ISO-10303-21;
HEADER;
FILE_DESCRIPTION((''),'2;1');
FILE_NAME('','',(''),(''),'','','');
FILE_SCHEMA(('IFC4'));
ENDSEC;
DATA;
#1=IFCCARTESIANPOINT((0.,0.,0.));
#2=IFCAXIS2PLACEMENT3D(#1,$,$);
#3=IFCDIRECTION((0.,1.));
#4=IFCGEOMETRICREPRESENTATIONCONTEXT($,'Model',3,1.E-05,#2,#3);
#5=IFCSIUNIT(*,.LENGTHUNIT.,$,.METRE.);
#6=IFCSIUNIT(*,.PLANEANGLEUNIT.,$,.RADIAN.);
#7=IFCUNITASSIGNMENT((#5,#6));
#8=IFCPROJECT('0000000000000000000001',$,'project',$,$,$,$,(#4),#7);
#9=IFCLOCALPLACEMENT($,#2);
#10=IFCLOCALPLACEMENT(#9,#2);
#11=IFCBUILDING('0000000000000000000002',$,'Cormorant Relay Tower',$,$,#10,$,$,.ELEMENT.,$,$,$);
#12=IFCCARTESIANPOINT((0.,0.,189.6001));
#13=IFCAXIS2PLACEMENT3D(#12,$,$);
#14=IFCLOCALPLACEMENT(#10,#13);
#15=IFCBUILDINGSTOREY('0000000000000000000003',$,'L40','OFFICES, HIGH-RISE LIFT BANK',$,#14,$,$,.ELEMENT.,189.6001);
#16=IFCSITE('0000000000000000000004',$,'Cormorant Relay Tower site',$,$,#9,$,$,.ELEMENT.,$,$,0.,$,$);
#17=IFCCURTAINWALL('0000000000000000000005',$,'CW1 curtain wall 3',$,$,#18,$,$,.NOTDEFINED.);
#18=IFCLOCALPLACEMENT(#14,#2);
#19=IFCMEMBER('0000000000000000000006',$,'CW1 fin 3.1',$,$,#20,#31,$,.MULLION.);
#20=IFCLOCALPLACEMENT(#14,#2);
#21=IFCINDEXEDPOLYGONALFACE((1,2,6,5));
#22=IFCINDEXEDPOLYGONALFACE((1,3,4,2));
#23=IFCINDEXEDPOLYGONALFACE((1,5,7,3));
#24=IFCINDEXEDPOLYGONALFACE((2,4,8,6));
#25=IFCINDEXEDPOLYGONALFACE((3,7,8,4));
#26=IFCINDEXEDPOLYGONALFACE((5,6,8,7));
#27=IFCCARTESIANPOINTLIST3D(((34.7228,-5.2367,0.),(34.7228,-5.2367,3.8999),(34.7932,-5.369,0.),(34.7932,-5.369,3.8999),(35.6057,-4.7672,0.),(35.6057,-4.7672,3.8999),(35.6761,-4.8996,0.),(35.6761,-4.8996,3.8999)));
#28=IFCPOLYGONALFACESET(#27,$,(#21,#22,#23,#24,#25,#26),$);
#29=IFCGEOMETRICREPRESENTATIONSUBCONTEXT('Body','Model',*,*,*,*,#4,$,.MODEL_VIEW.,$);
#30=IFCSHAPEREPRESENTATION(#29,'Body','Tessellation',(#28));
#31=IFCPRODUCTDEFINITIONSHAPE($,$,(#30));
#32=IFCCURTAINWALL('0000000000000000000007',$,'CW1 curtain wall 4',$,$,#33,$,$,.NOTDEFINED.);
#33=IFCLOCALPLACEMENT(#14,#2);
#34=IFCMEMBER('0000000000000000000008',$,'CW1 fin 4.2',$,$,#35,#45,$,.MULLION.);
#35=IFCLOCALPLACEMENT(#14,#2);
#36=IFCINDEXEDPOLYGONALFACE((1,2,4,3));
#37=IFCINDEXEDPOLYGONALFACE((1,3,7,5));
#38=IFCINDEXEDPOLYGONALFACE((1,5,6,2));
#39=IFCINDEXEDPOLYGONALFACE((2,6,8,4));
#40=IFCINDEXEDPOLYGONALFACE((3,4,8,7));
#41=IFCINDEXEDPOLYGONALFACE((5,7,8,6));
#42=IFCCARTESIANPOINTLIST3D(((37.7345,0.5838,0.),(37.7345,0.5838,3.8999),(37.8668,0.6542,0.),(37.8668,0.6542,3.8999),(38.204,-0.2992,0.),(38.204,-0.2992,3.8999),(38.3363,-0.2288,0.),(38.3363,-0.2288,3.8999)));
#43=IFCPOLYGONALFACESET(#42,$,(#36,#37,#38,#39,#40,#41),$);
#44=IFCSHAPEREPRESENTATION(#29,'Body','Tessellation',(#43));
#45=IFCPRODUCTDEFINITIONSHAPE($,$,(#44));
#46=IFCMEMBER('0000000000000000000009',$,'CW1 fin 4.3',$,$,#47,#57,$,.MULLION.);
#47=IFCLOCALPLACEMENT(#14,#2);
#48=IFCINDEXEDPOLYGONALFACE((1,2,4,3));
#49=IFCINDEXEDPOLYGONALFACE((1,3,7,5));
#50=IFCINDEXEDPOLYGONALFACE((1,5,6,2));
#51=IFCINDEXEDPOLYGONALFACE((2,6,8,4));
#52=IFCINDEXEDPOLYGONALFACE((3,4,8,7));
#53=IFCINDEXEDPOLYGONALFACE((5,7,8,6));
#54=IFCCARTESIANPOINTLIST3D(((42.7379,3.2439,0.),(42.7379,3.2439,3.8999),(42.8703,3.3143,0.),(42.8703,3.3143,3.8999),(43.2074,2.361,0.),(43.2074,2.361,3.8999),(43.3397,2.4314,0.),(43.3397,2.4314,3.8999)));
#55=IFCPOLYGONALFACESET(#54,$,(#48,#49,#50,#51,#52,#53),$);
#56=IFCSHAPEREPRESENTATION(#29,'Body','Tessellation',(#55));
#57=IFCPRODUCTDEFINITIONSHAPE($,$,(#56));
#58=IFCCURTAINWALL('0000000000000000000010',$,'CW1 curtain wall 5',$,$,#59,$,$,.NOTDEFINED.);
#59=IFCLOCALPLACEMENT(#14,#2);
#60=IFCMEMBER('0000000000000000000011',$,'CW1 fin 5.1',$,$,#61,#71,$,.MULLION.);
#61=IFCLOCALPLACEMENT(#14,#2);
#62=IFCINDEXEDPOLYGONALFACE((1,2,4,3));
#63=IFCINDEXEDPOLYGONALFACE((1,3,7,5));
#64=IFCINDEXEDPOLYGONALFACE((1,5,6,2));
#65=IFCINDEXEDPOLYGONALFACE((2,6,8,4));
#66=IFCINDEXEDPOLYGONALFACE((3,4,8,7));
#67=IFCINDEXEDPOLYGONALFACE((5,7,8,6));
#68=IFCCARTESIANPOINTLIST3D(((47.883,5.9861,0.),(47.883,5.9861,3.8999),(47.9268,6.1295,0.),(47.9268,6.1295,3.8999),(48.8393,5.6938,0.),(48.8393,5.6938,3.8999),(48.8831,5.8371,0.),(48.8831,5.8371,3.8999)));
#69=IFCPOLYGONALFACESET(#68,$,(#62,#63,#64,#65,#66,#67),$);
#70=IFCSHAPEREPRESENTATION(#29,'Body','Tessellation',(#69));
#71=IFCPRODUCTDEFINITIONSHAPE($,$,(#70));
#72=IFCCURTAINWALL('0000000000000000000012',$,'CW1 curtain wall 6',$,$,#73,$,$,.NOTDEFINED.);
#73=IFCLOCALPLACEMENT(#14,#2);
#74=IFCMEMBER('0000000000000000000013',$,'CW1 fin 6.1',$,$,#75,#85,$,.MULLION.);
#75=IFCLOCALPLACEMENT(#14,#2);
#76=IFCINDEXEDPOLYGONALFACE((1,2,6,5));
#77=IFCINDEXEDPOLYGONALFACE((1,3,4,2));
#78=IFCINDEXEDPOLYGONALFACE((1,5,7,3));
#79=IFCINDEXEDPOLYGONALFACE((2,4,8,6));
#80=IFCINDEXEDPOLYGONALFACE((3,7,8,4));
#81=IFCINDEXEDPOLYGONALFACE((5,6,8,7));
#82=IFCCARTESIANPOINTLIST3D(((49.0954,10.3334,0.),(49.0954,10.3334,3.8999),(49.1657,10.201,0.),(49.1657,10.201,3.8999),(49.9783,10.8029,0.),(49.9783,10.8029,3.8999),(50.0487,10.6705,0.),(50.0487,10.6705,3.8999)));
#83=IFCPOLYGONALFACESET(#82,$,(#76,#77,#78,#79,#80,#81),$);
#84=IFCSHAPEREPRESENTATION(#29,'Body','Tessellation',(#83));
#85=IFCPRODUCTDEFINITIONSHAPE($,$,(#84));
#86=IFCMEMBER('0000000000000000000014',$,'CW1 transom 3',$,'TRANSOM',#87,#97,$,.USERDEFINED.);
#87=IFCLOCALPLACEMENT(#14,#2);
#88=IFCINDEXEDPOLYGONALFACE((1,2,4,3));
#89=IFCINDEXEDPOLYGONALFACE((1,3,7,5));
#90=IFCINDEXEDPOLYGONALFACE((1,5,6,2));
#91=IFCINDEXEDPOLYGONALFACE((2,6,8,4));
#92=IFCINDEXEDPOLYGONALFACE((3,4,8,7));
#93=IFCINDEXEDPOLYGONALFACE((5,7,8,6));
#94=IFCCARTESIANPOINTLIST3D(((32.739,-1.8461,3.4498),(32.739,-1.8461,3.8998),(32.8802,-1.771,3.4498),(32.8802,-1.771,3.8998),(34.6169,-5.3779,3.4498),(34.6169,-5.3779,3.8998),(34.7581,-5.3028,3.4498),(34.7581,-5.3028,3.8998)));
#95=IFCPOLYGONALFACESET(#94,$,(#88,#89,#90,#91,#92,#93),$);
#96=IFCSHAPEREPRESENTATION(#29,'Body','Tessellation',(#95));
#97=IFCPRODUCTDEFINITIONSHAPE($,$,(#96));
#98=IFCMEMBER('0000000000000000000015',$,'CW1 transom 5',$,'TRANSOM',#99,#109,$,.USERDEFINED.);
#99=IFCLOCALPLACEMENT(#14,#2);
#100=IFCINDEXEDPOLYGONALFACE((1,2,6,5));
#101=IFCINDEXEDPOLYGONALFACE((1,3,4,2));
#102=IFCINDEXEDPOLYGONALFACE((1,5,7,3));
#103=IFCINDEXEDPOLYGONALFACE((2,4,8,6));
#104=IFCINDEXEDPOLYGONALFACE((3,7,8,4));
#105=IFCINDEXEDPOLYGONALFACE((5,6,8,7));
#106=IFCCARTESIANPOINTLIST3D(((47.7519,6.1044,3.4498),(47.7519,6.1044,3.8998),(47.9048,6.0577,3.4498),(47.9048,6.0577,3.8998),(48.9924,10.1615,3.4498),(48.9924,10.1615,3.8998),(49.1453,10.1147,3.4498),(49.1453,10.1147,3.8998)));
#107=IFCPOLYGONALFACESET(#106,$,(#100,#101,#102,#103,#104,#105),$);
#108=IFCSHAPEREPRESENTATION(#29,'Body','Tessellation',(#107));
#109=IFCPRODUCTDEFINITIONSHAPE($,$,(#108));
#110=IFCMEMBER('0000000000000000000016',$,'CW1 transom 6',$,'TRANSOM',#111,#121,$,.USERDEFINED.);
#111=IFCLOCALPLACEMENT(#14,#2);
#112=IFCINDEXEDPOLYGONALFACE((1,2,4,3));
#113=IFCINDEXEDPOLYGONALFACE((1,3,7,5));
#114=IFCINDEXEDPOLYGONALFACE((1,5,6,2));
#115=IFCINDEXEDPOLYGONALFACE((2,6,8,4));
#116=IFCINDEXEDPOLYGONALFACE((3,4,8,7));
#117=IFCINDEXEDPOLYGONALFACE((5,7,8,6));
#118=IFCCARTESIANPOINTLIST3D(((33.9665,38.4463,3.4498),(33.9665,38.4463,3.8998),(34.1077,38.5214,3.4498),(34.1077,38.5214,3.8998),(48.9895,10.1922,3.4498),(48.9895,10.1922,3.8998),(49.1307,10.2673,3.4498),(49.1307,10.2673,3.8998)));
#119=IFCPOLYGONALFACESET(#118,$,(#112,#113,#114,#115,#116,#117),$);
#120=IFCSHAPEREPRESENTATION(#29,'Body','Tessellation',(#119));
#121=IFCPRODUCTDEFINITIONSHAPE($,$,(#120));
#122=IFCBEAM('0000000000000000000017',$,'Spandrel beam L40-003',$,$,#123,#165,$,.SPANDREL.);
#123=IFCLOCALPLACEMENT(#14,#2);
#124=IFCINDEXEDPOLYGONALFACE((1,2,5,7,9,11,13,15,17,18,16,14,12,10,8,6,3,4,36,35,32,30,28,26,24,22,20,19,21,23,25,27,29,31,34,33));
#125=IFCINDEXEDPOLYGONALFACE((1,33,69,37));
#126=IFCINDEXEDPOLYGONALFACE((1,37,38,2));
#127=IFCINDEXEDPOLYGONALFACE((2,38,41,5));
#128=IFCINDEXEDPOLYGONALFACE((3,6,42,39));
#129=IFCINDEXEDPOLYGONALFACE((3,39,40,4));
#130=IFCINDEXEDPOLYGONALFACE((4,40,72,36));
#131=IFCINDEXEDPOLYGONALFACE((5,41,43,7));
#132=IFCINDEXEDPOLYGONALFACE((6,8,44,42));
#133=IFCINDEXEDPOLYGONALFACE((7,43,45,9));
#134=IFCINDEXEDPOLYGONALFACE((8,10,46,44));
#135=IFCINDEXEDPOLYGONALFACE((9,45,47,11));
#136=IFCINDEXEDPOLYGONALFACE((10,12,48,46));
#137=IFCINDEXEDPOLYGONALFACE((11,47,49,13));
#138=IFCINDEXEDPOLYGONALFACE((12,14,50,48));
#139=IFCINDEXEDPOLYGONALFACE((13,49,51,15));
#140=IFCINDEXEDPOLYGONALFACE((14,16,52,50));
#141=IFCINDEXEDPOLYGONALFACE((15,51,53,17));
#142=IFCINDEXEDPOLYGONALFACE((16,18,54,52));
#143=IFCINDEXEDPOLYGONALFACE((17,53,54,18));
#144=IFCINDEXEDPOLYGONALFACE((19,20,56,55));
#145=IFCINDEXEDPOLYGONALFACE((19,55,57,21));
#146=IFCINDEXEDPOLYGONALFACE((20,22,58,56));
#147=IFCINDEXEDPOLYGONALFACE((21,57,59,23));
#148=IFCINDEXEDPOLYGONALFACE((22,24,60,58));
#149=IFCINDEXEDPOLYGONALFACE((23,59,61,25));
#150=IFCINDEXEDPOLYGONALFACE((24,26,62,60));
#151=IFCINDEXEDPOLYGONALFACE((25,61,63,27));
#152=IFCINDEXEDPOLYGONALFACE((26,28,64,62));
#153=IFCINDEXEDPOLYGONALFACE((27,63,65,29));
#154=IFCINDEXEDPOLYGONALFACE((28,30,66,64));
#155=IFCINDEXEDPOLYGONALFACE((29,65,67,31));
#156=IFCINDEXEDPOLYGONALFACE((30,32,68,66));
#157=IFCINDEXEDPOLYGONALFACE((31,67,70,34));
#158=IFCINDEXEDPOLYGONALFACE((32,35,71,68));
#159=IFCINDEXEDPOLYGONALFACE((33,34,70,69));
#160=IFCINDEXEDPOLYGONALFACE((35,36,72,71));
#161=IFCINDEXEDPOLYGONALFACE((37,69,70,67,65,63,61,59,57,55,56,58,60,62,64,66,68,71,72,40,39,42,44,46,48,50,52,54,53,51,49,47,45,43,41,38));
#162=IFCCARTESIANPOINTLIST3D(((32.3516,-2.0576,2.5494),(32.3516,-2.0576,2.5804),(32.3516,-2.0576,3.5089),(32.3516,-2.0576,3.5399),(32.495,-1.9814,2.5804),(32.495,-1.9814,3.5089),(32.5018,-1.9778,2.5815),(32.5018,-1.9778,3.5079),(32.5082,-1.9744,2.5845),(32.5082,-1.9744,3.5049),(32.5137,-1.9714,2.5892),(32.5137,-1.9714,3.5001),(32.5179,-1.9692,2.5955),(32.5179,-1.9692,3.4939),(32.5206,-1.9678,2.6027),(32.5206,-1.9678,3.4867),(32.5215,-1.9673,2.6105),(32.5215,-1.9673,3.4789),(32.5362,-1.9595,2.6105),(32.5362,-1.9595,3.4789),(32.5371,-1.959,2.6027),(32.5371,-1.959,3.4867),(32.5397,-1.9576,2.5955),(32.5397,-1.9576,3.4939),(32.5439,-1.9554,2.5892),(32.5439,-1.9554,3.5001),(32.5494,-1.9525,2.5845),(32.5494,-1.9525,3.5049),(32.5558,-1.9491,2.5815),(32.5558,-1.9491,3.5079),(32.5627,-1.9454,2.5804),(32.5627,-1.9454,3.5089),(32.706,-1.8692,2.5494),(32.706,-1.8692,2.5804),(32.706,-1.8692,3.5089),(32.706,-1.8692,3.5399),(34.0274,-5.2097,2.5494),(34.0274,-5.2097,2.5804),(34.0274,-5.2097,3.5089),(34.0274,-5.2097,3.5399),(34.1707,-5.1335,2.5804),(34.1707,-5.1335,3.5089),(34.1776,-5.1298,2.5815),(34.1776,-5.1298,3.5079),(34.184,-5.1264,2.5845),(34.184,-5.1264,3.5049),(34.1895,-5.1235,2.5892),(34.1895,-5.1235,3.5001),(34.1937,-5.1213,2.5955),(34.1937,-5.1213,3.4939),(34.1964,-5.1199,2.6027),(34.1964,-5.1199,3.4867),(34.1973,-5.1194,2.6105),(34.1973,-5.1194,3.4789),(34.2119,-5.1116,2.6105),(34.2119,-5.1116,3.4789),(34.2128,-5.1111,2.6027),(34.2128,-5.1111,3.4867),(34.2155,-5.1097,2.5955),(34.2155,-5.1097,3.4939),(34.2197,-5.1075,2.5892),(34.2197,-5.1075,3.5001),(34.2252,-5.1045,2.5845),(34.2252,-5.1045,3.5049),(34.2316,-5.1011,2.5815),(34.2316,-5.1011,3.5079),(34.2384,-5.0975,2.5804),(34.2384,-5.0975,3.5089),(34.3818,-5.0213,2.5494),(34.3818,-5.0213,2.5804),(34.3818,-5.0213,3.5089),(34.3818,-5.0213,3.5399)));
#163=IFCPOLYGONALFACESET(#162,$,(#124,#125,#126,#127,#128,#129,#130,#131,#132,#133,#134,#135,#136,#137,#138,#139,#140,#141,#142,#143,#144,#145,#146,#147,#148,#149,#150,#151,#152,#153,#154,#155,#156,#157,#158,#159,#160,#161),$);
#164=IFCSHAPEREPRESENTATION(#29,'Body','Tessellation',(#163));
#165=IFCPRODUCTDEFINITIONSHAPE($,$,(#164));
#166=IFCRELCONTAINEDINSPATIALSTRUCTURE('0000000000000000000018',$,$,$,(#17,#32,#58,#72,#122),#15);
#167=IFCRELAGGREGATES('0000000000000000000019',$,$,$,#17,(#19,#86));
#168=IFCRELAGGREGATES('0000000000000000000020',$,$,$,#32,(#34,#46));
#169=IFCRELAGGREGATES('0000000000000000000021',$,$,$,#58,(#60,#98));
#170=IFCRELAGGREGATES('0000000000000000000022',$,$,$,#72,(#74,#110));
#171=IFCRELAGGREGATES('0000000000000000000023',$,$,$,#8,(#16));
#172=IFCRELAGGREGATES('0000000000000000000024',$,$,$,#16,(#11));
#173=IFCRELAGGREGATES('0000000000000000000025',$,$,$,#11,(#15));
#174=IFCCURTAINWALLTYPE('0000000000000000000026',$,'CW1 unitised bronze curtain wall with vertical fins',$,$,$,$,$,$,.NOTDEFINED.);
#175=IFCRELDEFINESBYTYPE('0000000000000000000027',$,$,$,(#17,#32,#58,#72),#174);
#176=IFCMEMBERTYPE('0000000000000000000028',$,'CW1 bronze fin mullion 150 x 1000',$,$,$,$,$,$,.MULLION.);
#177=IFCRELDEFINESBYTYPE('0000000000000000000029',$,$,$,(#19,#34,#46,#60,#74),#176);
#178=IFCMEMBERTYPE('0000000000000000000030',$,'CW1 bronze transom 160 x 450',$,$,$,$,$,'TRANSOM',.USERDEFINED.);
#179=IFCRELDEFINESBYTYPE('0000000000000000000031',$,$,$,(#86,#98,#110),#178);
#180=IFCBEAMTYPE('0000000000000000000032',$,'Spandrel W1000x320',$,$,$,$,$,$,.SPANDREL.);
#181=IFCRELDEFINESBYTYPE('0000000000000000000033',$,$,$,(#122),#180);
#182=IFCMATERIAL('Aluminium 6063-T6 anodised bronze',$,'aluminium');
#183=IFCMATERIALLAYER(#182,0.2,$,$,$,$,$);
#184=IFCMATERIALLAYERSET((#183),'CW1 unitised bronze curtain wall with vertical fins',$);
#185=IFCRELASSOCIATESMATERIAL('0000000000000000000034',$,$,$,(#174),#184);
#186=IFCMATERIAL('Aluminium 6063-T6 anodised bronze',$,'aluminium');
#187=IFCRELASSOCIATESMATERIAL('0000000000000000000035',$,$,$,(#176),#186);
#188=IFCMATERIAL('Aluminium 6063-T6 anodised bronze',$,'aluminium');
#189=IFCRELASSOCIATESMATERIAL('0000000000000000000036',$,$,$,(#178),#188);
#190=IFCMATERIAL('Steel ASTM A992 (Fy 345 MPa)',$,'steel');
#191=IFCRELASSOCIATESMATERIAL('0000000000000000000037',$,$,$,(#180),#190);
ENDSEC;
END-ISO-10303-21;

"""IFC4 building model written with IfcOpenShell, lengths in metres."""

from ifc_helpers import new_model, si_unit, direction, frame, origin, origin_2d, place, context, subcontext, project, spatial, rectangle, i_section, extrude, material, layer, layer_set, material_profile, profile_set, type_object, element, aggregate, save


model = new_model("IFC4")

# Units and contexts
model_context = context("Model", 3, precision=1e-05, world=origin(), true_north=direction((0.0, 1.0)))
body_context = subcontext(model_context, "Body", "Model", "MODEL_VIEW")
ifc_project = project(units=[si_unit("LENGTHUNIT", "METRE"), si_unit("PLANEANGLEUNIT", "RADIAN")], contexts=[model_context])

# Site, building, storey
site_placement = place(None, origin())
site = spatial("IfcSite", under=ifc_project, at=site_placement, Name="Cormorant Relay Tower site", CompositionType="ELEMENT", RefElevation=0.0)
building_placement = place(site_placement, origin())
building = spatial("IfcBuilding", under=site, at=building_placement, Name="Cormorant Relay Tower", CompositionType="ELEMENT")
storey_placement = place(building_placement, frame((0.0, 0.0, 189.6001)))
storey = spatial("IfcBuildingStorey", under=building, at=storey_placement, Name="L40", Description="OFFICES, HIGH-RISE LIFT BANK", CompositionType="ELEMENT", Elevation=189.6001)

# Curtain wall, member
ifc_material_1 = material(Name="Aluminium 6063-T6 anodised bronze", Category="aluminium")
ifc_layer_1 = layer(ifc_material_1, 0.2)
ifc_layer_set_1 = layer_set([ifc_layer_1], Name="CW1 unitised bronze curtain wall with vertical fins")
curtain_wall_type = type_object("IfcCurtainWallType", Name="CW1 unitised bronze curtain wall with vertical fins", PredefinedType="NOTDEFINED", material=ifc_layer_set_1)
curtain_wall_1_placement = place(storey_placement, origin())
curtain_wall_1 = element("IfcCurtainWall", 1, at=curtain_wall_1_placement, inside=storey, type_object=curtain_wall_type, Name="CW1 curtain wall 3", PredefinedType="NOTDEFINED")
ifc_material_2 = material(Name="Aluminium 6063-T6 anodised bronze", Category="aluminium")
ifc_material_profile_1 = material_profile(ifc_material_2, rectangle(XDim=0.1499, YDim=1.0, at=origin_2d()), Name="AL 150x1000")
ifc_profile_set_1 = profile_set([ifc_material_profile_1], Name="Aluminium 6063-T6 anodised bronze")
member_type_1 = type_object("IfcMemberType", Name="CW1 bronze fin mullion 150 x 1000", PredefinedType="MULLION", material=ifc_profile_set_1)
member_1_placement = place(storey_placement, frame((35.1995, -5.0681, 0.0), z_axis=(0.0, 0.0, 1.0), x_axis=(-0.469472, 0.882948, 0.0)))
member_1 = element("IfcMember", 2, at=member_1_placement, type_object=member_type_1, Name="CW1 fin 3.1", PredefinedType="MULLION", context=body_context, shape_type="SweptSolid", body=[
    extrude(rectangle(XDim=0.1499, YDim=1.0, at=origin_2d()), origin(), (0.0, 0.0, 1.0), 3.8999),
])

# Curtain wall, members
curtain_wall_2_placement = place(storey_placement, origin())
curtain_wall_2 = element("IfcCurtainWall", 3, at=curtain_wall_2_placement, inside=storey, type_object=curtain_wall_type, Name="CW1 curtain wall 4", PredefinedType="NOTDEFINED")
member_2_placement = place(storey_placement, frame((38.0354, 0.1775, 0.0), z_axis=(0.0, 0.0, 1.0), x_axis=(0.882948, 0.469472, 0.0)))
member_2 = element("IfcMember", 4, at=member_2_placement, type_object=member_type_1, Name="CW1 fin 4.2", PredefinedType="MULLION", context=body_context, shape_type="SweptSolid", body=[
    extrude(rectangle(XDim=0.1499, YDim=1.0, at=origin_2d()), origin(), (0.0, 0.0, 1.0), 3.8999),
])
member_3_placement = place(storey_placement, frame((43.0388, 2.8376, 0.0), z_axis=(0.0, 0.0, 1.0), x_axis=(0.882948, 0.469472, 0.0)))
member_3 = element("IfcMember", 5, at=member_3_placement, type_object=member_type_1, Name="CW1 fin 4.3", PredefinedType="MULLION", context=body_context, shape_type="SweptSolid", body=[
    extrude(rectangle(XDim=0.1499, YDim=1.0, at=origin_2d()), origin(), (0.0, 0.0, 1.0), 3.8999),
])

# Curtain walls, members
curtain_wall_3_placement = place(storey_placement, origin())
curtain_wall_3 = element("IfcCurtainWall", 6, at=curtain_wall_3_placement, inside=storey, type_object=curtain_wall_type, Name="CW1 curtain wall 5", PredefinedType="NOTDEFINED")
member_4_placement = place(storey_placement, frame((48.3831, 5.9116, 0.0), z_axis=(0.0, 0.0, 1.0), x_axis=(0.292372, 0.956305, 0.0)))
member_4 = element("IfcMember", 7, at=member_4_placement, type_object=member_type_1, Name="CW1 fin 5.1", PredefinedType="MULLION", context=body_context, shape_type="SweptSolid", body=[
    extrude(rectangle(XDim=0.1499, YDim=1.0, at=origin_2d()), origin(), (0.0, 0.0, 1.0), 3.8999),
])
curtain_wall_4_placement = place(storey_placement, origin())
curtain_wall_4 = element("IfcCurtainWall", 8, at=curtain_wall_4_placement, inside=storey, type_object=curtain_wall_type, Name="CW1 curtain wall 6", PredefinedType="NOTDEFINED")
member_5_placement = place(storey_placement, frame((49.572, 10.502, 0.0), z_axis=(0.0, 0.0, 1.0), x_axis=(-0.469472, 0.882948, 0.0)))
member_5 = element("IfcMember", 9, at=member_5_placement, type_object=member_type_1, Name="CW1 fin 6.1", PredefinedType="MULLION", context=body_context, shape_type="SweptSolid", body=[
    extrude(rectangle(XDim=0.1499, YDim=1.0, at=origin_2d()), origin(), (0.0, 0.0, 1.0), 3.8999),
])

# Members
ifc_material_3 = material(Name="Aluminium 6063-T6 anodised bronze", Category="aluminium")
ifc_material_profile_2 = material_profile(ifc_material_3, rectangle(XDim=0.1599, YDim=0.45, at=origin_2d()), Name="AL 160x450")
ifc_profile_set_2 = profile_set([ifc_material_profile_2], Name="Aluminium 6063-T6 anodised bronze")
member_type_2 = type_object("IfcMemberType", Name="CW1 bronze transom 160 x 450", ElementType="TRANSOM", PredefinedType="USERDEFINED", material=ifc_profile_set_2)
member_6_placement = place(storey_placement, frame((34.6875, -5.3403, 3.6748), z_axis=(-0.469485, 0.88294, 0.0), x_axis=(-0.88294, -0.469485, 0.0)))
member_6 = element("IfcMember", 10, at=member_6_placement, type_object=member_type_2, Name="CW1 transom 3", ObjectType="TRANSOM", PredefinedType="USERDEFINED", context=body_context, shape_type="SweptSolid", body=[
    extrude(rectangle(XDim=0.1599, YDim=0.45, at=origin_2d()), origin(), (0.0, 0.0, 1.0), 4.0),
])
member_7_placement = place(storey_placement, frame((47.8284, 6.0811, 3.6748), z_axis=(0.292391, 0.956299, 0.0), x_axis=(-0.956299, 0.292391, 0.0)))
member_7 = element("IfcMember", 11, at=member_7_placement, type_object=member_type_2, Name="CW1 transom 5", ObjectType="TRANSOM", PredefinedType="USERDEFINED", context=body_context, shape_type="SweptSolid", body=[
    extrude(rectangle(XDim=0.1599, YDim=0.45, at=origin_2d()), origin(), (0.0, 0.0, 1.0), 4.2424),
])
member_8_placement = place(storey_placement, frame((49.0601, 10.2297, 3.6748), z_axis=(-0.46947, 0.882948, 0.0), x_axis=(-0.882948, -0.46947, 0.0)))
member_8 = element("IfcMember", 12, at=member_8_placement, type_object=member_type_2, Name="CW1 transom 6", ObjectType="TRANSOM", PredefinedType="USERDEFINED", context=body_context, shape_type="SweptSolid", body=[
    extrude(rectangle(XDim=0.1599, YDim=0.45, at=origin_2d()), origin(), (0.0, 0.0, 1.0), 31.9998),
])

# Beam
ifc_material_4 = material(Name="Steel ASTM A992 (Fy 345 MPa)", Category="steel")
ifc_material_profile_3 = material_profile(ifc_material_4, i_section(OverallWidth=0.4014, OverallDepth=0.9905, WebThickness=0.0166, FlangeThickness=0.031, FilletRadius=0.03, at=origin_2d()), Name="W1000x320")
ifc_profile_set_3 = profile_set([ifc_material_profile_3], Name="Steel ASTM A992 (Fy 345 MPa)")
beam_type = type_object("IfcBeamType", Name="Spandrel W1000x320", PredefinedType="SPANDREL", material=ifc_profile_set_3)
beam_1_placement = place(storey_placement, frame((34.2046, -5.1155, 3.0447), z_axis=(-0.469424, 0.882973, 0.0), x_axis=(-0.882973, -0.469424, 0.0)))
element("IfcBeam", 13, at=beam_1_placement, inside=storey, type_object=beam_type, Name="Spandrel beam L40-003", PredefinedType="SPANDREL", context=body_context, shape_type="SweptSolid", body=[
    extrude(i_section(OverallWidth=0.4014, OverallDepth=0.9905, WebThickness=0.0166, FlangeThickness=0.031, FilletRadius=0.03, at=origin_2d()), origin(), (0.0, 0.0, 1.0), 3.5698),
])

aggregate(curtain_wall_1, [member_1, member_6])
aggregate(curtain_wall_2, [member_2, member_3])
aggregate(curtain_wall_3, [member_4, member_7])
aggregate(curtain_wall_4, [member_5, member_8])

save(model, "model.ifc")
